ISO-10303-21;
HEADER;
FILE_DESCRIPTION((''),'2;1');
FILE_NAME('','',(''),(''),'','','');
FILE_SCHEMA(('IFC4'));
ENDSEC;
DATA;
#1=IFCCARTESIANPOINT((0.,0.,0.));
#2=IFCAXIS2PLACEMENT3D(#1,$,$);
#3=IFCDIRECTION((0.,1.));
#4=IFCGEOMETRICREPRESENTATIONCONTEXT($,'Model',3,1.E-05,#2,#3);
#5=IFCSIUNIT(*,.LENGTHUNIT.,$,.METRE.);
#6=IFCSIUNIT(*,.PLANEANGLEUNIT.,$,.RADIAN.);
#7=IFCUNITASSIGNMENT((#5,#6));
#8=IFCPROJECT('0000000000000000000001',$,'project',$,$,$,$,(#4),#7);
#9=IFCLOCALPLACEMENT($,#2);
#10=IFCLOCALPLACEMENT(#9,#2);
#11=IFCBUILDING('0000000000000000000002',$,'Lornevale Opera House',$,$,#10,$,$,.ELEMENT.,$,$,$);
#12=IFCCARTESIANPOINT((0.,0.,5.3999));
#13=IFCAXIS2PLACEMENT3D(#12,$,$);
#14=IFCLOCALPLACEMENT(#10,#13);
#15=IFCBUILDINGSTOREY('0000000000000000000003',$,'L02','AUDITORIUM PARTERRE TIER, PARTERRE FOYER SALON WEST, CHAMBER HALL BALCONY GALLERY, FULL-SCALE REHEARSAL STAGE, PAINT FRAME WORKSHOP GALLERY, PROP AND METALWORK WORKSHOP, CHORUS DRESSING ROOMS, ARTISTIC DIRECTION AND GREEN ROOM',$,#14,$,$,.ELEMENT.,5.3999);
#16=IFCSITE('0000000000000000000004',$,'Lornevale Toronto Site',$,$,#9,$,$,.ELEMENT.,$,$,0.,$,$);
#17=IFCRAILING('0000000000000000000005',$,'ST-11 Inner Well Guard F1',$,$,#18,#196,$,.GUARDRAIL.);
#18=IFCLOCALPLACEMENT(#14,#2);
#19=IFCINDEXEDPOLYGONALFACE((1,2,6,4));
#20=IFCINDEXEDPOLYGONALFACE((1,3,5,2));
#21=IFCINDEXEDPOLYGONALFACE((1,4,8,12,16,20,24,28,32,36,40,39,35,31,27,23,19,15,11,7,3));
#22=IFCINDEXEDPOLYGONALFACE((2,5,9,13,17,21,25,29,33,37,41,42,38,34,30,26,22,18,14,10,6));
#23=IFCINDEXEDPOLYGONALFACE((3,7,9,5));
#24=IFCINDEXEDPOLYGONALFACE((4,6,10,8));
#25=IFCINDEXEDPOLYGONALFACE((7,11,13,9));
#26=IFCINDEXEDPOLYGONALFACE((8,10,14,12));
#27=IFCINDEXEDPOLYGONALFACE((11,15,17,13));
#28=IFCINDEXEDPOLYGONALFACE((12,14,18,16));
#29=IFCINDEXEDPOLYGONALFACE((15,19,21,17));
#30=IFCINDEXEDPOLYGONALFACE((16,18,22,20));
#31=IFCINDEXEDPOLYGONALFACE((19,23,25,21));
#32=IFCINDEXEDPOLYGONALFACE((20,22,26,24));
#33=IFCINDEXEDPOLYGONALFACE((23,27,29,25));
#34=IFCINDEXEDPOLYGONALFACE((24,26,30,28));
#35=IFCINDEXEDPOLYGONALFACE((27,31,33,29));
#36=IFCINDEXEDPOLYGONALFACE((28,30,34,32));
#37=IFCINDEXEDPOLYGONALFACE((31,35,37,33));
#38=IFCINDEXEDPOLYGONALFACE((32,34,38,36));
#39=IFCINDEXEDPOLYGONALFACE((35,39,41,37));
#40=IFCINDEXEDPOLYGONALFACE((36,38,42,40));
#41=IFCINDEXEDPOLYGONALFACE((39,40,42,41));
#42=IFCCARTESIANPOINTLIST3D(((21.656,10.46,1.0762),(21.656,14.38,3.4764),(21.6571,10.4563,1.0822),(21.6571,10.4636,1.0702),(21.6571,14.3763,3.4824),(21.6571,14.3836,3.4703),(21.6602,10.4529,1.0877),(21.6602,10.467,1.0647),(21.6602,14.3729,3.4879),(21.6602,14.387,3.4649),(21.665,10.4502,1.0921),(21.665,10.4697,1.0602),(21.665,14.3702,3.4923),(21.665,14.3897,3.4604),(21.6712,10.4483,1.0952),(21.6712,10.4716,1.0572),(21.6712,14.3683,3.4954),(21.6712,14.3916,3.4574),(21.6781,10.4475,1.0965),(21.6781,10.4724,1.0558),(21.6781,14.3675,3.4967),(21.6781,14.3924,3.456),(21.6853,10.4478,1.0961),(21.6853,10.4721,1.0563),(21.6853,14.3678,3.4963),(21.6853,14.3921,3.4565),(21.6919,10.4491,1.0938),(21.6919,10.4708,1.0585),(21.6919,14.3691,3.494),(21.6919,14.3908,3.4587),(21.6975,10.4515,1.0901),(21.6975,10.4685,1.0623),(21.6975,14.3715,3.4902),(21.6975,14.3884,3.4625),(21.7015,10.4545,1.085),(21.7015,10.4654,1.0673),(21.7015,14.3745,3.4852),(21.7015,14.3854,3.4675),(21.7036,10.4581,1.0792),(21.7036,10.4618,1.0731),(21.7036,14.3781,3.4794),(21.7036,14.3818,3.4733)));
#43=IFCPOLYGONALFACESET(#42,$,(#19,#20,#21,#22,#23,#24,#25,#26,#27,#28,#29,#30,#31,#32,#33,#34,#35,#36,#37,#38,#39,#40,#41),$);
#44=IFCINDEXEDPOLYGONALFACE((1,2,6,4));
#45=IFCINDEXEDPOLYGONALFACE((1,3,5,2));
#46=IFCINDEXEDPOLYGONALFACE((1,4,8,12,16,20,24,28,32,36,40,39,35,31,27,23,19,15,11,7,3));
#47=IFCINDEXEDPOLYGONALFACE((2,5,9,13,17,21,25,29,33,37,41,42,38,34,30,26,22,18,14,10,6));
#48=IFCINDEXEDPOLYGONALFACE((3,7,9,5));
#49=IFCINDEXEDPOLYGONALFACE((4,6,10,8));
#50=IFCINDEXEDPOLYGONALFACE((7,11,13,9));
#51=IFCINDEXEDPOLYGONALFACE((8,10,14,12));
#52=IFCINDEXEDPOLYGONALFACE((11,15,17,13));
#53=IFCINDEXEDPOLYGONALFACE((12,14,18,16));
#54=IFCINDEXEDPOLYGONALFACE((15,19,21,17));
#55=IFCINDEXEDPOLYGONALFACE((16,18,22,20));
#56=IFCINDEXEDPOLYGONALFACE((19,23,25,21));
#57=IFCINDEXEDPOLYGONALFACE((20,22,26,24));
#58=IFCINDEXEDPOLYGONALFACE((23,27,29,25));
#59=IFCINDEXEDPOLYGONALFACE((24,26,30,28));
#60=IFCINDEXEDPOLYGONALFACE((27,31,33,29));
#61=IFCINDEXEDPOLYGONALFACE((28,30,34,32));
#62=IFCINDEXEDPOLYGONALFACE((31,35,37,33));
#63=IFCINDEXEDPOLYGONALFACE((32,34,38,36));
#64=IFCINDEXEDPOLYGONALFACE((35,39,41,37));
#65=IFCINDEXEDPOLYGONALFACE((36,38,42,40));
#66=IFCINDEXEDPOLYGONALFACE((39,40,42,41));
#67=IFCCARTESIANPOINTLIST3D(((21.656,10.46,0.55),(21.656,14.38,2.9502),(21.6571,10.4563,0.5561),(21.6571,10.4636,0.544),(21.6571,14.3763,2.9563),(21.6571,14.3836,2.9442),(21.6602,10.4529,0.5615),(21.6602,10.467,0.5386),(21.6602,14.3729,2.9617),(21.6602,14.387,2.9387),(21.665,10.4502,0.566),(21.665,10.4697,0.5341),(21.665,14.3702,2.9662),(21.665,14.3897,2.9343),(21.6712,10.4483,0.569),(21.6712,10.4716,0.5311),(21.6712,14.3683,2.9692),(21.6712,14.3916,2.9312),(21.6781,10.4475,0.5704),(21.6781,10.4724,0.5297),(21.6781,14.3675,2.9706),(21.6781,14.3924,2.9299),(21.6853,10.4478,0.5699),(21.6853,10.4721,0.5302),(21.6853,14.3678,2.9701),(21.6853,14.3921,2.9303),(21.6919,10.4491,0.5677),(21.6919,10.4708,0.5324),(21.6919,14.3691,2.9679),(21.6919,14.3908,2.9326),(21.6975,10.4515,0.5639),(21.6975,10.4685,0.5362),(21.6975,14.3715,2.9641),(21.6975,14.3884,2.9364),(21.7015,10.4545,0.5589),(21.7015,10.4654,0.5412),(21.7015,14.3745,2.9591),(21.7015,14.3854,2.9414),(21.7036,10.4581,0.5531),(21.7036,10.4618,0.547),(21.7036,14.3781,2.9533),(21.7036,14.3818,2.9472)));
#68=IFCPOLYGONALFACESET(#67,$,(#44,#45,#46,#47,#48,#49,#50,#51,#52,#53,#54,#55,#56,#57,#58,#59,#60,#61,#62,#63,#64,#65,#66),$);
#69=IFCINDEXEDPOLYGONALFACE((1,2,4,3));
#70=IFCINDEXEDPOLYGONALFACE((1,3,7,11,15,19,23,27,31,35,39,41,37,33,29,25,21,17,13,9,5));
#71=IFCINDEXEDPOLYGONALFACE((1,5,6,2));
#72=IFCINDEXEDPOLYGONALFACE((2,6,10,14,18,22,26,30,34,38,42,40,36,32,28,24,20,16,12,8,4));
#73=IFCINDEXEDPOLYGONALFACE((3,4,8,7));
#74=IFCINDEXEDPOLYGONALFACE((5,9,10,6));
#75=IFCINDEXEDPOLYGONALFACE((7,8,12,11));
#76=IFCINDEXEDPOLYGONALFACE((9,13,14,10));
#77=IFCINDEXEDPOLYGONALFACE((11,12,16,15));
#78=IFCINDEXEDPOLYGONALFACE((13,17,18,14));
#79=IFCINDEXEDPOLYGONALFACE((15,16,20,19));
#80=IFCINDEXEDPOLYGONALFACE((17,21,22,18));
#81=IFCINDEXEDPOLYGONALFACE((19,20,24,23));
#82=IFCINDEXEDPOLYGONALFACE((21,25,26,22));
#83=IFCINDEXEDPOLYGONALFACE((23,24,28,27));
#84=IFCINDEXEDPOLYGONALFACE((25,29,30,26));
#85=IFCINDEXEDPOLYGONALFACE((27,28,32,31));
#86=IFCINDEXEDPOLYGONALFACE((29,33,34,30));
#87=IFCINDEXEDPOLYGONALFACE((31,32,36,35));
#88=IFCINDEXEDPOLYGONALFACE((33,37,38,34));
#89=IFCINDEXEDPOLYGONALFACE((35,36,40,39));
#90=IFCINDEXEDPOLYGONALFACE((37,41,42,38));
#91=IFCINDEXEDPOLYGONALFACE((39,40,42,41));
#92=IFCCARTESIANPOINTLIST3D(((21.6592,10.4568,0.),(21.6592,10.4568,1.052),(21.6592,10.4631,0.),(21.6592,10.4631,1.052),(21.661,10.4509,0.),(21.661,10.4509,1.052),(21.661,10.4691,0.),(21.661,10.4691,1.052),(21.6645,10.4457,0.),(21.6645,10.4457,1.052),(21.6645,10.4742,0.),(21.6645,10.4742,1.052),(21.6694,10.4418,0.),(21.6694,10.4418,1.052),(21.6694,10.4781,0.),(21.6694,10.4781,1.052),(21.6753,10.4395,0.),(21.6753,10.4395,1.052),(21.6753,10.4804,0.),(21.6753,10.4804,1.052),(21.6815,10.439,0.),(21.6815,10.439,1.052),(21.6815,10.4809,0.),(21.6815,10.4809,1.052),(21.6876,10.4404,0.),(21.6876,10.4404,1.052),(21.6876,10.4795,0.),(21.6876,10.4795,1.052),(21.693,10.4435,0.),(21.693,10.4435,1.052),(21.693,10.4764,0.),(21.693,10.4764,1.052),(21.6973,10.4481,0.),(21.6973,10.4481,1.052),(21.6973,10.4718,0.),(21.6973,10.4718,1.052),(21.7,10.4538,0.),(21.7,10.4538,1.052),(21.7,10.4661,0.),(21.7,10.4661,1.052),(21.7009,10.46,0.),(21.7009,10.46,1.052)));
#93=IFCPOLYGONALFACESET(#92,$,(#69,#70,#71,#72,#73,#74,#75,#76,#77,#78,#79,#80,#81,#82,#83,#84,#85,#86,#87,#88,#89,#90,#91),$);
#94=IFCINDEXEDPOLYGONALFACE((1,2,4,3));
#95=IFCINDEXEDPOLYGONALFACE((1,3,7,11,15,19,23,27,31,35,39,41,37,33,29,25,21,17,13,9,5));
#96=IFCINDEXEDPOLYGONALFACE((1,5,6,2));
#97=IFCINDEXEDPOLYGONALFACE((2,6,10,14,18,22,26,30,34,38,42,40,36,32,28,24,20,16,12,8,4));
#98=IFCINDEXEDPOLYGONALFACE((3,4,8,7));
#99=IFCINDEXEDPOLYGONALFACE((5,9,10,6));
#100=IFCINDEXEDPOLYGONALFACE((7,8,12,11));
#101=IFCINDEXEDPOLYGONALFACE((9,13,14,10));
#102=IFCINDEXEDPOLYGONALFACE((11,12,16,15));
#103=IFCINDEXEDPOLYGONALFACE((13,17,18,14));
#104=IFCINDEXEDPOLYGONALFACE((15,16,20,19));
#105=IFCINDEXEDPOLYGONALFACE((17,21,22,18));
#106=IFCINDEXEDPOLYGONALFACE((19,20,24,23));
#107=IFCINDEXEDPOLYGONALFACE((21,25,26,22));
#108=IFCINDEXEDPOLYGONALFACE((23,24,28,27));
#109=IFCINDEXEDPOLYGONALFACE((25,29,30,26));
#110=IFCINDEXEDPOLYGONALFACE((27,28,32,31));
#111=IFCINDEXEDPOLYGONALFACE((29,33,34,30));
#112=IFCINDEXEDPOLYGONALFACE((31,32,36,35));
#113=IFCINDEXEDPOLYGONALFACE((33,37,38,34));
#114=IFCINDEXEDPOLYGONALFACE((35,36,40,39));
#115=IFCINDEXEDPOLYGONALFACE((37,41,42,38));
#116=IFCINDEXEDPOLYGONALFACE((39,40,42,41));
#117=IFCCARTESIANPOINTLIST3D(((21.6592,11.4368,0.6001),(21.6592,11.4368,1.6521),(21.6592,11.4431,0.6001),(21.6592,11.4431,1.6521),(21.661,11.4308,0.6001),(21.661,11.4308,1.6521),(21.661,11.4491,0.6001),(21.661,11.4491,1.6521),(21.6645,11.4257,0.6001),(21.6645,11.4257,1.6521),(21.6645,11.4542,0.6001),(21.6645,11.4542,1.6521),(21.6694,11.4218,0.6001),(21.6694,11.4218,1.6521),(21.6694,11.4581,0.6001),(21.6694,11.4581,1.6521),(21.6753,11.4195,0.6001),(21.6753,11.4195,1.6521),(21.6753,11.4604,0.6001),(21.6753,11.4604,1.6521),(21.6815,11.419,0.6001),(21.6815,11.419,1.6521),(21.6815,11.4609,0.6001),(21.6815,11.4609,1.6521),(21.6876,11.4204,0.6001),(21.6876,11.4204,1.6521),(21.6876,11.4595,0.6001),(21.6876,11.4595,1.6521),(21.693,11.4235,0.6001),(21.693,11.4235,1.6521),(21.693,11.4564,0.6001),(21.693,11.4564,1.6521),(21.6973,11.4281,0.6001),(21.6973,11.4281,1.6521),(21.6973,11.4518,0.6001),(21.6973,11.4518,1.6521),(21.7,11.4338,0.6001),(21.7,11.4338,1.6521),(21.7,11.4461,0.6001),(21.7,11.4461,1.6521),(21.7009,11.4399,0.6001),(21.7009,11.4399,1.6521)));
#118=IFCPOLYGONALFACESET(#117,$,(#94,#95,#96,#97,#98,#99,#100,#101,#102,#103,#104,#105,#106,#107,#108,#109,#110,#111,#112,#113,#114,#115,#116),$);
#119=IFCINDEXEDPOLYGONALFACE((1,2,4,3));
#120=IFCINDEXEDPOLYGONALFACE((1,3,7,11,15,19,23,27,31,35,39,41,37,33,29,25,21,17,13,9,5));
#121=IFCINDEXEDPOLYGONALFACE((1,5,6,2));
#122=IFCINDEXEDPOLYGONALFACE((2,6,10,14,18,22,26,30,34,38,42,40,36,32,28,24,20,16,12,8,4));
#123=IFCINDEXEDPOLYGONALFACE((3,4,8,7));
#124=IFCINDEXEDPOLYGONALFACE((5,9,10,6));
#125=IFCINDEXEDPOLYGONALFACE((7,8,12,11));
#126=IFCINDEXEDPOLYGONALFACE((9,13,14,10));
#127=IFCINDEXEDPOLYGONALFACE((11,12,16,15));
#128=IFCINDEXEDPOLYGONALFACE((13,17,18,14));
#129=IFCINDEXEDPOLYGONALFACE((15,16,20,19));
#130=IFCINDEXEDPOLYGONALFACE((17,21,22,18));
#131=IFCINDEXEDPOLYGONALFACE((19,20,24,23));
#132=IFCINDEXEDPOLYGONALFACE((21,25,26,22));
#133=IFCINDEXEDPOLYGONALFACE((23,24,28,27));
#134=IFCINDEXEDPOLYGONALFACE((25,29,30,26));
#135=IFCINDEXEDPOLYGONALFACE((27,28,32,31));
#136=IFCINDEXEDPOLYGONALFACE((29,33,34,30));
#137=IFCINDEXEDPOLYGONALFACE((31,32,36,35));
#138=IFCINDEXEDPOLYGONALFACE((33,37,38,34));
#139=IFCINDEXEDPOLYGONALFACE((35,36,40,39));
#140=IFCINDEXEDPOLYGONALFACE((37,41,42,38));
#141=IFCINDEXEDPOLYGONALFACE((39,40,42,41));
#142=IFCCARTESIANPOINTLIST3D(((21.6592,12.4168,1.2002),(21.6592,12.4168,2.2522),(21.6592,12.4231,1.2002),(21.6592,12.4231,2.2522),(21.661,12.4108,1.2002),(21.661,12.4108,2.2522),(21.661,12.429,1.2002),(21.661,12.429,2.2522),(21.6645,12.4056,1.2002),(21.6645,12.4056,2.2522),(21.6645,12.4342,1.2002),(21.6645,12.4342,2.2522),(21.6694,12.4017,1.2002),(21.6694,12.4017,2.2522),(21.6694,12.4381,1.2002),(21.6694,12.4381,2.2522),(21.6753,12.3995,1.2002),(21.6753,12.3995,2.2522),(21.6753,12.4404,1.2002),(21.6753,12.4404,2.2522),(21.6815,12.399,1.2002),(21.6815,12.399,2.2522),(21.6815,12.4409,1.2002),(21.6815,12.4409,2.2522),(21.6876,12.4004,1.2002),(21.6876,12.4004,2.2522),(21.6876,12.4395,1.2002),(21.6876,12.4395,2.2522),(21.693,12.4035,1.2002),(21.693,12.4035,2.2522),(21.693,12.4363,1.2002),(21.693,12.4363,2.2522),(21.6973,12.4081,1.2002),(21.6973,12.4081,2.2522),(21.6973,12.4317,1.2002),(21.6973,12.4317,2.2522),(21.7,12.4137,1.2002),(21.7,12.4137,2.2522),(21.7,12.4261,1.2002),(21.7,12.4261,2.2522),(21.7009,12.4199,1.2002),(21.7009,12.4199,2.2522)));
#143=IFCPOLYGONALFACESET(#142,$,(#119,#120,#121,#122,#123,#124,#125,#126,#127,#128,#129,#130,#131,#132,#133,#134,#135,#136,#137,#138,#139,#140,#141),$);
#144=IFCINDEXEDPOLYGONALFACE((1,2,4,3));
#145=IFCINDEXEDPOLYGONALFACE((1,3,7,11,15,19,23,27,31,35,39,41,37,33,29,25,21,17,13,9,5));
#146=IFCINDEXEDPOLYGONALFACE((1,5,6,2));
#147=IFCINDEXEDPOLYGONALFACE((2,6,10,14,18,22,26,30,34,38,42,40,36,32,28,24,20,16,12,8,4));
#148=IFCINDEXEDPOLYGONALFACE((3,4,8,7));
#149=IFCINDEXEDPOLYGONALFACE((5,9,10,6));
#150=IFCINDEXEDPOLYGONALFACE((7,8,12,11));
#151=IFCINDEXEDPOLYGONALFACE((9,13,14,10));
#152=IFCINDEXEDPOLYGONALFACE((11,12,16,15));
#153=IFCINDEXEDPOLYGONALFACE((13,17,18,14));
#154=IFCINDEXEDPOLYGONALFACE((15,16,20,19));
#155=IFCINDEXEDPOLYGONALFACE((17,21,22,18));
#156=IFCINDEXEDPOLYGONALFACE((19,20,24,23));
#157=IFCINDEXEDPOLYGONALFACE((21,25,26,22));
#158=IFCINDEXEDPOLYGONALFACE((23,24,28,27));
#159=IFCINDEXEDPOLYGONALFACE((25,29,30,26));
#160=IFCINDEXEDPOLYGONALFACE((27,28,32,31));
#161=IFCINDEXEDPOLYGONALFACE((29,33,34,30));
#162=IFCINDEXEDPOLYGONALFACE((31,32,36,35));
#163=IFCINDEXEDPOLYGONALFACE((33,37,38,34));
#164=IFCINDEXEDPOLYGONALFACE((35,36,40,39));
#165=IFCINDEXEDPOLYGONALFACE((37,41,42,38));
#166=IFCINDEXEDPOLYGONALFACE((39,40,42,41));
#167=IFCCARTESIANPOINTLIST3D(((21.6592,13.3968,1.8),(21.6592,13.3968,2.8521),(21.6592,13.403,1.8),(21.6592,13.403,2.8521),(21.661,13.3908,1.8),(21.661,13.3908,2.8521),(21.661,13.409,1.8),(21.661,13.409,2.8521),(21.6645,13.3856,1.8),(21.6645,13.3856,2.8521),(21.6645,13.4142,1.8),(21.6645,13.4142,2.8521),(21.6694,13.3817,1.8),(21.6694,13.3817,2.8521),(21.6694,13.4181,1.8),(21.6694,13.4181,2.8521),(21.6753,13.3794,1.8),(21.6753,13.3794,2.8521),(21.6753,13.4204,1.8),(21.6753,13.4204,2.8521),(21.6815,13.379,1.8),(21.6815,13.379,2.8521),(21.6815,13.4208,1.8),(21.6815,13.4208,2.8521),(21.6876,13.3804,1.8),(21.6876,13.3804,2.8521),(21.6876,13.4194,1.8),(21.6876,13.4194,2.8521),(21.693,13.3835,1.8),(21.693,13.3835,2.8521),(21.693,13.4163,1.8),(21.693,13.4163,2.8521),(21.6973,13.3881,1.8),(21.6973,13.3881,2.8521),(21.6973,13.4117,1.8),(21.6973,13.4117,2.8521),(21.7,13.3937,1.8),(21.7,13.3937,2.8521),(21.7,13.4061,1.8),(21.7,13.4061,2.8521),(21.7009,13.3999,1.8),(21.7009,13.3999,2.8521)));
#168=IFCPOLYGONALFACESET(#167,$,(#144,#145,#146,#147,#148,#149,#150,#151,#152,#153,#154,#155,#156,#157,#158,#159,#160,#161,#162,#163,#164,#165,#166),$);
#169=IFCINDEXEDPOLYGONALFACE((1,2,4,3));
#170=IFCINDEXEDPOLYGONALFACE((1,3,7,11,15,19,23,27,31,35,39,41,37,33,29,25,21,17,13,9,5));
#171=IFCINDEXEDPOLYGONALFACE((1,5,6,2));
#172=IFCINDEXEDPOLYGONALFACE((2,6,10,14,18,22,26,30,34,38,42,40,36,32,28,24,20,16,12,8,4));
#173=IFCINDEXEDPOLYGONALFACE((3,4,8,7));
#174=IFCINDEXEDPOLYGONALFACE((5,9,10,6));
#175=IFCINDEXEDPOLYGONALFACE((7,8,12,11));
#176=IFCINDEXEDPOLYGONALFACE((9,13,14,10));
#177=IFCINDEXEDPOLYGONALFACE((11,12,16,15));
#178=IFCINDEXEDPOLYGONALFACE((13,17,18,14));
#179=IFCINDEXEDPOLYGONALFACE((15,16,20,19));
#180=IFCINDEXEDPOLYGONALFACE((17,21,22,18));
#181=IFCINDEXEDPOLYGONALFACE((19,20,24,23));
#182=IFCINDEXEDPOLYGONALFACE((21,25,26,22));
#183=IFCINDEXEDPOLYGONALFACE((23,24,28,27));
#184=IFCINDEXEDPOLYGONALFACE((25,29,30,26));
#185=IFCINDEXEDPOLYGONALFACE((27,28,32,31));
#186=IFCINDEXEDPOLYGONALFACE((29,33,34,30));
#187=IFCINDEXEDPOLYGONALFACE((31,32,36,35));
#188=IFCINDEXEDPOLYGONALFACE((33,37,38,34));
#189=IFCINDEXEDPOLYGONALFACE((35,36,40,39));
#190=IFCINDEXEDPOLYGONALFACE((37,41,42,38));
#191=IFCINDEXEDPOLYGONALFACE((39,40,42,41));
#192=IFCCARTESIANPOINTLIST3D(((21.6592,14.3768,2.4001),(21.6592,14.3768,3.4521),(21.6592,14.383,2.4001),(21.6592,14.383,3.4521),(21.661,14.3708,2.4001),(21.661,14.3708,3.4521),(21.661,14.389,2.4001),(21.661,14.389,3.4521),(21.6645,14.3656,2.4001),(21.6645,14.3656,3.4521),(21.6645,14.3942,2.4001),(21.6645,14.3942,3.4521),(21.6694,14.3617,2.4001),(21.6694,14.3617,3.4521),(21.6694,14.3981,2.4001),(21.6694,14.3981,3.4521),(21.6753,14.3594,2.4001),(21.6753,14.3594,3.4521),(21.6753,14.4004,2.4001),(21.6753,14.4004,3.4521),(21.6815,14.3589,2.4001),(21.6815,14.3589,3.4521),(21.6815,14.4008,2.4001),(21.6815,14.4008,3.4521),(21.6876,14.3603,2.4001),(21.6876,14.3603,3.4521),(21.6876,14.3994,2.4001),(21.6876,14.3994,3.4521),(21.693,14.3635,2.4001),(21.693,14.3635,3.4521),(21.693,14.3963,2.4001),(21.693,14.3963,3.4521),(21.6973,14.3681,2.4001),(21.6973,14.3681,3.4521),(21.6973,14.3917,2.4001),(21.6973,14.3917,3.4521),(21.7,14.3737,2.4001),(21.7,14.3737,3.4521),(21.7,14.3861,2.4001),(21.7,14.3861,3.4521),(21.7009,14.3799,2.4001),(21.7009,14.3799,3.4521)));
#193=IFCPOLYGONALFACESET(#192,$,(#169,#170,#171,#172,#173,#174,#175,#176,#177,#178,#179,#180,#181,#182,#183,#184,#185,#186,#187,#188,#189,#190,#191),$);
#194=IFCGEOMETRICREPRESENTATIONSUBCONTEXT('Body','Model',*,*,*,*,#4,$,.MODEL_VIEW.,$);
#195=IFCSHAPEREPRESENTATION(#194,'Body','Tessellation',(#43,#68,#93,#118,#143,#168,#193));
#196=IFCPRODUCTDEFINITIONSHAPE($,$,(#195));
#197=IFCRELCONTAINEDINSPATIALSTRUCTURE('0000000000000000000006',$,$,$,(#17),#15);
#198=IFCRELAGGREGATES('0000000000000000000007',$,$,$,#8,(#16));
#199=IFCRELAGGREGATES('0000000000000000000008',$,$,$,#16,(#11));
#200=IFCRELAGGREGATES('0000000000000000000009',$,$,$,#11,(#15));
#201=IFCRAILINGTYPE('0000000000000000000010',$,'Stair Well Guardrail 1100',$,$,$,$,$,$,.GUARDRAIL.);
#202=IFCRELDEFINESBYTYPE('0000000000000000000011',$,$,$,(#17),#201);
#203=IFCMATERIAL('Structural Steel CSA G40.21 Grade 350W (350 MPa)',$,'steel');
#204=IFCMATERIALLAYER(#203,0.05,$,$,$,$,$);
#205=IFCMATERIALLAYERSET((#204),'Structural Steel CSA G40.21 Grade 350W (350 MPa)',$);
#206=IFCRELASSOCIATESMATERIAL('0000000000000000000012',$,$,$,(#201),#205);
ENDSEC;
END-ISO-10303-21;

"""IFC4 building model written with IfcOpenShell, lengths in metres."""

from ifc_helpers import new_model, si_unit, direction, frame, origin, origin_2d, place, context, subcontext, project, spatial, circle, extrude, material, layer, layer_set, type_object, element, save


model = new_model("IFC4")

# Units and contexts
model_context = context("Model", 3, precision=1e-05, world=origin(), true_north=direction((0.0, 1.0)))
body_context = subcontext(model_context, "Body", "Model", "MODEL_VIEW")
ifc_project = project(units=[si_unit("LENGTHUNIT", "METRE"), si_unit("PLANEANGLEUNIT", "RADIAN")], contexts=[model_context])

# Site, building, storey
site_placement = place(None, origin())
site = spatial("IfcSite", under=ifc_project, at=site_placement, Name="Lornevale Toronto Site", CompositionType="ELEMENT", RefElevation=0.0)
building_placement = place(site_placement, origin())
building = spatial("IfcBuilding", under=site, at=building_placement, Name="Lornevale Opera House", CompositionType="ELEMENT")
storey_placement = place(building_placement, frame((0.0, 0.0, 5.3999)))
storey = spatial("IfcBuildingStorey", under=building, at=storey_placement, Name="L02", Description="AUDITORIUM PARTERRE TIER, PARTERRE FOYER SALON WEST, CHAMBER HALL BALCONY GALLERY, FULL-SCALE REHEARSAL STAGE, PAINT FRAME WORKSHOP GALLERY, PROP AND METALWORK WORKSHOP, CHORUS DRESSING ROOMS, ARTISTIC DIRECTION AND GREEN ROOM", CompositionType="ELEMENT", Elevation=5.3999)

# Shared definitions
ifc_material_1 = material(Name="Structural Steel CSA G40.21 Grade 350W (350 MPa)", Category="steel")

# Railing
ifc_layer_1 = layer(ifc_material_1, 0.05)
ifc_layer_set_1 = layer_set([ifc_layer_1], Name="Structural Steel CSA G40.21 Grade 350W (350 MPa)")
railing_type = type_object("IfcRailingType", Name="Stair Well Guardrail 1100", PredefinedType="GUARDRAIL", material=ifc_layer_set_1)
railing_1_placement = place(storey_placement, frame((21.6799, 10.46, 0.0)))
element("IfcRailing", 1, at=railing_1_placement, inside=storey, type_object=railing_type, Name="ST-11 Inner Well Guard F1", PredefinedType="GUARDRAIL", context=body_context, shape_type="SweptSolid", body=[
    extrude(circle(Radius=0.0239, at=origin_2d()), frame((0.0, 0.0, 1.0762), z_axis=(0.0, 0.852832, 0.522185), x_axis=(-1.0, 0.0, 0.0)), (0.0, 0.0, 1.0), 4.5964),
    extrude(circle(Radius=0.0239, at=origin_2d()), frame((0.0, 0.0, 0.55), z_axis=(0.0, 0.852832, 0.522185), x_axis=(-1.0, 0.0, 0.0)), (0.0, 0.0, 1.0), 4.5964),
    extrude(circle(Radius=0.021, at=origin_2d()), origin(), (0.0, 0.0, 1.0), 1.052),
    extrude(circle(Radius=0.021, at=origin_2d()), frame((0.0, 0.98, 0.6001)), (0.0, 0.0, 1.0), 1.052),
    extrude(circle(Radius=0.021, at=origin_2d()), frame((0.0, 1.96, 1.2002)), (0.0, 0.0, 1.0), 1.052),
    extrude(circle(Radius=0.021, at=origin_2d()), frame((0.0, 2.9399, 1.8)), (0.0, 0.0, 1.0), 1.052),
    extrude(circle(Radius=0.021, at=origin_2d()), frame((0.0, 3.9199, 2.4001)), (0.0, 0.0, 1.0), 1.052),
])

save(model, "model.ifc")
